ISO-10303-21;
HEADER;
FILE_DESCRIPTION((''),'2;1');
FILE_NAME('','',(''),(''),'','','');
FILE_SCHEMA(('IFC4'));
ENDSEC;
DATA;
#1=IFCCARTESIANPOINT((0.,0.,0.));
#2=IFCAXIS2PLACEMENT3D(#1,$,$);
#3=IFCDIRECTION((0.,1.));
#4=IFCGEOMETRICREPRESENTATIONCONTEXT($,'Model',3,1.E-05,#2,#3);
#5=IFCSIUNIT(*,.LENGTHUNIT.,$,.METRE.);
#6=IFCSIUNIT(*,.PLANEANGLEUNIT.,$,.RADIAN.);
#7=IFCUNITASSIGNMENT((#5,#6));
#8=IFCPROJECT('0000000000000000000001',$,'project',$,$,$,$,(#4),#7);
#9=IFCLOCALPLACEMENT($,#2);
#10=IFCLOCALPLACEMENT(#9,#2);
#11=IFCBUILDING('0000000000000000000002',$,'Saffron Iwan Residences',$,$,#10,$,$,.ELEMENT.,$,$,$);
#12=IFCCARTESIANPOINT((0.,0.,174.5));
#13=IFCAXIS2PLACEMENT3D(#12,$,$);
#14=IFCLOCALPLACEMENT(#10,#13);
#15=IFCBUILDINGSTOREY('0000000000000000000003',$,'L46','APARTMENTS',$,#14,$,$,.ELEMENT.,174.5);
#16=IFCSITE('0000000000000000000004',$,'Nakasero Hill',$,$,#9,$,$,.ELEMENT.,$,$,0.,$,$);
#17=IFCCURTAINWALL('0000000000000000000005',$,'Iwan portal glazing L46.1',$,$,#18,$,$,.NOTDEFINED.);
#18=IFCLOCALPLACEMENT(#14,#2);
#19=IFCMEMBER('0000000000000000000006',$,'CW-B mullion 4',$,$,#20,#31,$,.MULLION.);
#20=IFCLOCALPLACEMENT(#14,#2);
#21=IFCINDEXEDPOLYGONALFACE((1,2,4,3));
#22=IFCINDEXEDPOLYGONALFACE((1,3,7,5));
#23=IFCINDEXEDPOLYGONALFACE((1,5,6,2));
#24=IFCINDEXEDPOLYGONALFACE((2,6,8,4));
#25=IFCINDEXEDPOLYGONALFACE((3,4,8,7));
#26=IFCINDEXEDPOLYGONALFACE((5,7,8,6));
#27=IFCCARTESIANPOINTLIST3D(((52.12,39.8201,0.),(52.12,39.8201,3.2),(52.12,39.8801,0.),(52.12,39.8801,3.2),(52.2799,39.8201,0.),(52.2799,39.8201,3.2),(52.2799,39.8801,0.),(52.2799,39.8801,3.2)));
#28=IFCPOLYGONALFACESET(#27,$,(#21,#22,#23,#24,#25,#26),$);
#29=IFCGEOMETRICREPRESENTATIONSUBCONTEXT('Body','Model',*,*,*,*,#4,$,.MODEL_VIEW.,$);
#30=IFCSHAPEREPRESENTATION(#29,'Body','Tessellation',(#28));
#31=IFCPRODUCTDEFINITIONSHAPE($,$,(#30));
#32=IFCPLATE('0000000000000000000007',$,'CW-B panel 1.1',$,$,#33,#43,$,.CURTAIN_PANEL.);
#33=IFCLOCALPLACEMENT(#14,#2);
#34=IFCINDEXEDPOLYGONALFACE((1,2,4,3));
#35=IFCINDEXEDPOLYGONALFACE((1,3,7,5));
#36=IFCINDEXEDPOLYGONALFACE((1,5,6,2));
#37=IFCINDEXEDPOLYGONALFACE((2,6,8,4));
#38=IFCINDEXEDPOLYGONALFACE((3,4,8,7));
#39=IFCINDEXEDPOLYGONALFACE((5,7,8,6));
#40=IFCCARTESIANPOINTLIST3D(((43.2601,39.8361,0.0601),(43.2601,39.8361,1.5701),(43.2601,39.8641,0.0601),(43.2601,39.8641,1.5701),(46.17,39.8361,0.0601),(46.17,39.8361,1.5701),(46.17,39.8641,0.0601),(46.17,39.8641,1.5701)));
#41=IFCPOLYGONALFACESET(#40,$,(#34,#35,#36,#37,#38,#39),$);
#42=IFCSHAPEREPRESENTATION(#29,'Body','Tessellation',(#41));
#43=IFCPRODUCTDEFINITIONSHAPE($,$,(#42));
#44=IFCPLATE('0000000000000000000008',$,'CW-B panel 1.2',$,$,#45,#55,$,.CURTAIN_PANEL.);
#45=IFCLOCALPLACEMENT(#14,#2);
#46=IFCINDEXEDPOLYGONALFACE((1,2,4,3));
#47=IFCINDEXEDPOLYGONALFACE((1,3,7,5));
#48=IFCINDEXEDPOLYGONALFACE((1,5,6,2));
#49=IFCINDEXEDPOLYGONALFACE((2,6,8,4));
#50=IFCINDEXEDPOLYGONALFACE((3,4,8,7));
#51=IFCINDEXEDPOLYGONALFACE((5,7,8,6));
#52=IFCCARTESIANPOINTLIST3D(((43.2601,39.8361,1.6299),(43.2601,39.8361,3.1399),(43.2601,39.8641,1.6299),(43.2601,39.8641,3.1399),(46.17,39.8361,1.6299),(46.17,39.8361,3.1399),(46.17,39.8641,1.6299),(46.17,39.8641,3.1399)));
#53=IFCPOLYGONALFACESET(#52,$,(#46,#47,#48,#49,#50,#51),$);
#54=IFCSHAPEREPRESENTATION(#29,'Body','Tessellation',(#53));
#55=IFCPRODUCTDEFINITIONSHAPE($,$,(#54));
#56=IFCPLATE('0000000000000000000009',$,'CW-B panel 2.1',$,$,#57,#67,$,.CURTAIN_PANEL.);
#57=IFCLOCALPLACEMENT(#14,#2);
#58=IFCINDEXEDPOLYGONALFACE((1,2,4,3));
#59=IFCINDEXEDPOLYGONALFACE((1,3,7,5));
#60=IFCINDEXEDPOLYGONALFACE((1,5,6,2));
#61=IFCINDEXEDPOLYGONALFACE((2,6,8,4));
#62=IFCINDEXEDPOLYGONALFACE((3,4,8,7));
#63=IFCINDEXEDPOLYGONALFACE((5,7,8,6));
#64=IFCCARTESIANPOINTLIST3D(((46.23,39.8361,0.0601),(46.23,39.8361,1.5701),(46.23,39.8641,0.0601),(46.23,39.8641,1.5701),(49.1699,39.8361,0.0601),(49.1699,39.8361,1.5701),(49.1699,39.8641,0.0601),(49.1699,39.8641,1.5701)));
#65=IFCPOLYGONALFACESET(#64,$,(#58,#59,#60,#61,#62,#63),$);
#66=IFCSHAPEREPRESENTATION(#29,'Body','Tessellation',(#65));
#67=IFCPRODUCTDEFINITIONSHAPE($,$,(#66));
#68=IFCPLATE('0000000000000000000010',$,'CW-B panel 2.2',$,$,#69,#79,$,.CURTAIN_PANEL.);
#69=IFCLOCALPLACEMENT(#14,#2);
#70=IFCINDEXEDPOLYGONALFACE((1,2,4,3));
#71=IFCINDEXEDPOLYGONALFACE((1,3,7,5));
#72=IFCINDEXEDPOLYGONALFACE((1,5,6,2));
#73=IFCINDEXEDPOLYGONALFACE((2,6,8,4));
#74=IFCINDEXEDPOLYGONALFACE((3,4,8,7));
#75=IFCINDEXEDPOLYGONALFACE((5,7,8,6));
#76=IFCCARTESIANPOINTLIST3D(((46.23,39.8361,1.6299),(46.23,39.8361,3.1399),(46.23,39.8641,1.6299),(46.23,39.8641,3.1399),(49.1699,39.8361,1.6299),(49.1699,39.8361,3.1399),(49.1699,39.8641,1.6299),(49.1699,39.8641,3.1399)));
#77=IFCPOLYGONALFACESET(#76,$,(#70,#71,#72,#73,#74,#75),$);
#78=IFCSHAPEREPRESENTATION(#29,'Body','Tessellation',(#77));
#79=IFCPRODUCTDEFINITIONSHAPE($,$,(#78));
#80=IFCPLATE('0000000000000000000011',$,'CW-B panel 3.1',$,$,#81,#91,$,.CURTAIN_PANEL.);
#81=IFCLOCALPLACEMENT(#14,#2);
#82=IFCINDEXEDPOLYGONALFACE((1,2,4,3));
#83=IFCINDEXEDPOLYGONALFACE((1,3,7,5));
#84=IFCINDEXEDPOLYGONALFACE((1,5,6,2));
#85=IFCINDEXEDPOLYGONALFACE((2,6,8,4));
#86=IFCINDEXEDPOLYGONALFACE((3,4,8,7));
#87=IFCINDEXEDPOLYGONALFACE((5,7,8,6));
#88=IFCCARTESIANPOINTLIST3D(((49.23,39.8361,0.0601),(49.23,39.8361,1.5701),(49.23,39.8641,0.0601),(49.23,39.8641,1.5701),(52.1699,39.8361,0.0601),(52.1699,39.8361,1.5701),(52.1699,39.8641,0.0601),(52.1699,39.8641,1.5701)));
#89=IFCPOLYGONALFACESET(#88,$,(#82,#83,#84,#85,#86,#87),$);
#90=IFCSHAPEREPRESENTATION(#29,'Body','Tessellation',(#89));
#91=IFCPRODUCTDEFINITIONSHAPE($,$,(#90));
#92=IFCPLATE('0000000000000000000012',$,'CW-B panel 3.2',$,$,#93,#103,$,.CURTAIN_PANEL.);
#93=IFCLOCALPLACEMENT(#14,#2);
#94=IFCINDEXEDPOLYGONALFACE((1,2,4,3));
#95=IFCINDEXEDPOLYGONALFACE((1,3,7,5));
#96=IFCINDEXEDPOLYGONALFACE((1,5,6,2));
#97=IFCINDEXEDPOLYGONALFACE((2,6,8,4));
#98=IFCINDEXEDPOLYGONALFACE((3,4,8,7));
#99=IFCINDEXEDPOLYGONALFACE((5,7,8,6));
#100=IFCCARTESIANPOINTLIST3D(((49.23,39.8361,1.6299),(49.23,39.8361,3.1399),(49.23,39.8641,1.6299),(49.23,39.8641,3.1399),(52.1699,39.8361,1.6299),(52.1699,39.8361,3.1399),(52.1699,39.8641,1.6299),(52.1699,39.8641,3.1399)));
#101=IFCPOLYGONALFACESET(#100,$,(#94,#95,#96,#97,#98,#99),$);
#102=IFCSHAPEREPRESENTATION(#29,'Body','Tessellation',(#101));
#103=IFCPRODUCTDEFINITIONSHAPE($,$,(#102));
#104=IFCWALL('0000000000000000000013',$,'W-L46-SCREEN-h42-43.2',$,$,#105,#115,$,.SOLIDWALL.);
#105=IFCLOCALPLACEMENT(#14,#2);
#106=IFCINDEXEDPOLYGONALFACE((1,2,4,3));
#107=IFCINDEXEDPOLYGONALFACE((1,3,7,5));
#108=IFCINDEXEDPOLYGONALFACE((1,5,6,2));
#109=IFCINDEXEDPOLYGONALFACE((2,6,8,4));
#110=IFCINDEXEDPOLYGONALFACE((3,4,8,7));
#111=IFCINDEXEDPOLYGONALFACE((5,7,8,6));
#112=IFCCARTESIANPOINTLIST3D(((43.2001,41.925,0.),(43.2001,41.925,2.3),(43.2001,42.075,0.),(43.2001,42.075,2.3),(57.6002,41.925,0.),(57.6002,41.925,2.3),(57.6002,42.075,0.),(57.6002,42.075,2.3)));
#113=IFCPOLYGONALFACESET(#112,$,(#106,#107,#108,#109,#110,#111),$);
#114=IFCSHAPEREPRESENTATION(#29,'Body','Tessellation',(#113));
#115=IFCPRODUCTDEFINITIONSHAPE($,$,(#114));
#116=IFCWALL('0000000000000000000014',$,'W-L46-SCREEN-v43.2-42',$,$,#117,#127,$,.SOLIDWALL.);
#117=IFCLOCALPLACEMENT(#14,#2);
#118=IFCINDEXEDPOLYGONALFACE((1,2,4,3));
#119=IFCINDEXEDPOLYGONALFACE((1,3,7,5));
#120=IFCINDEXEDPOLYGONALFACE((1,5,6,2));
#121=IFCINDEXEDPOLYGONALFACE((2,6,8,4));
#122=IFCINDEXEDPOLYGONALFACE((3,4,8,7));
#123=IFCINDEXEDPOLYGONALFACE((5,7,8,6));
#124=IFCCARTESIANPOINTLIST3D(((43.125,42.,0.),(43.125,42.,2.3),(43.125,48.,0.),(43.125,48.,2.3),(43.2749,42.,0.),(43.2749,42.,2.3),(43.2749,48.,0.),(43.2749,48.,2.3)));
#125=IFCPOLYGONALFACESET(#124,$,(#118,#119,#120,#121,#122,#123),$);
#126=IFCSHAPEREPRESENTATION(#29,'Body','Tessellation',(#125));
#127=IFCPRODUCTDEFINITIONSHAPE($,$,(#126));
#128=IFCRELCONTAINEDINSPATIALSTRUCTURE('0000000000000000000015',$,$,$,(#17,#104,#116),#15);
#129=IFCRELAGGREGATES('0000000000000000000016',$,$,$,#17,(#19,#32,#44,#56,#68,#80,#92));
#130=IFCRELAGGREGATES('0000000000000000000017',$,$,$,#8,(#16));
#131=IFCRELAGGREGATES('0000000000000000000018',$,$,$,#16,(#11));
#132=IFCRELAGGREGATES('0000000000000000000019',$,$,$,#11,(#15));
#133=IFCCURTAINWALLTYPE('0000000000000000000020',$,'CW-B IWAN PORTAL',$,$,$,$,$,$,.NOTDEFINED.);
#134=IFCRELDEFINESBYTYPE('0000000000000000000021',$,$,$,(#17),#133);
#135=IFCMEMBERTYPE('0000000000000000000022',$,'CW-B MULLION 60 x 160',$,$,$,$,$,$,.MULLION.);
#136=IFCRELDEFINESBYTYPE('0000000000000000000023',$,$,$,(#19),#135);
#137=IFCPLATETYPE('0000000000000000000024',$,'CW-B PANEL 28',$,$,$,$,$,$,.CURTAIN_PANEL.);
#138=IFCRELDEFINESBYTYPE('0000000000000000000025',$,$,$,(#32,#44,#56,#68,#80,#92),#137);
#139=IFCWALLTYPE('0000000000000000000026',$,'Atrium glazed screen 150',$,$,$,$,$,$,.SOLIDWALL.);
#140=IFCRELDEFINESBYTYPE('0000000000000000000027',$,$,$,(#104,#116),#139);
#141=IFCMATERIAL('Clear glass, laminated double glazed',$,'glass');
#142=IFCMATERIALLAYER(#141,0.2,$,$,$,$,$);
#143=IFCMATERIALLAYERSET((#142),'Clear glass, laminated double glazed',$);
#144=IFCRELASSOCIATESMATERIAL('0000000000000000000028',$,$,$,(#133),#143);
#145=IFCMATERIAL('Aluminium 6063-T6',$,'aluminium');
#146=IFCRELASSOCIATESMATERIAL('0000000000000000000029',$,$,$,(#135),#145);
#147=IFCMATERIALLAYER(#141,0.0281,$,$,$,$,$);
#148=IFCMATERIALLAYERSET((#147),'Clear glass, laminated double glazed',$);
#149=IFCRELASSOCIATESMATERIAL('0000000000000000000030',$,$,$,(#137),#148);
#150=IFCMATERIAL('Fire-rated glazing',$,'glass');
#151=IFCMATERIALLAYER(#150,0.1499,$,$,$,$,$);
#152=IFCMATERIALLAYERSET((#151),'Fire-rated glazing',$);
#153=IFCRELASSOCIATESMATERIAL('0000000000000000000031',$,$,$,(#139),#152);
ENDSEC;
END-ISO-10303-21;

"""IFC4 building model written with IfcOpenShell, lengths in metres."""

from ifc_helpers import new_model, si_unit, direction, frame, frame_2d, origin, origin_2d, place, context, subcontext, project, spatial, rectangle, extrude, source, transform, mapped, material, layer, layer_set, material_profile, profile_set, type_object, element, aggregate, save


model = new_model("IFC4")

# Units and contexts
model_context = context("Model", 3, precision=1e-05, world=origin(), true_north=direction((0.0, 1.0)))
body_context = subcontext(model_context, "Body", "Model", "MODEL_VIEW")
ifc_project = project(units=[si_unit("LENGTHUNIT", "METRE"), si_unit("PLANEANGLEUNIT", "RADIAN")], contexts=[model_context])

# Site, building, storey
site_placement = place(None, origin())
site = spatial("IfcSite", under=ifc_project, at=site_placement, Name="Nakasero Hill", CompositionType="ELEMENT", RefElevation=0.0)
building_placement = place(site_placement, origin())
building = spatial("IfcBuilding", under=site, at=building_placement, Name="Saffron Iwan Residences", CompositionType="ELEMENT")
storey_placement = place(building_placement, frame((0.0, 0.0, 174.5)))
storey = spatial("IfcBuildingStorey", under=building, at=storey_placement, Name="L46", Description="APARTMENTS", CompositionType="ELEMENT", Elevation=174.5)

# Curtain wall, member, plates
ifc_material_1 = material(Name="Clear glass, laminated double glazed", Category="glass")
ifc_layer_1 = layer(ifc_material_1, 0.2)
ifc_layer_set_1 = layer_set([ifc_layer_1], Name="Clear glass, laminated double glazed")
curtain_wall_type = type_object("IfcCurtainWallType", Name="CW-B IWAN PORTAL", PredefinedType="NOTDEFINED", material=ifc_layer_set_1)
curtain_wall_placement = place(storey_placement, origin())
curtain_wall = element("IfcCurtainWall", 1, at=curtain_wall_placement, inside=storey, type_object=curtain_wall_type, Name="Iwan portal glazing L46.1", PredefinedType="NOTDEFINED")
ifc_material_2 = material(Name="Aluminium 6063-T6", Category="aluminium")
ifc_material_profile_1 = material_profile(ifc_material_2, rectangle(XDim=0.0601, YDim=0.1599, at=origin_2d()), Name="CW-B MULLION 60 x 160")
ifc_profile_set_1 = profile_set([ifc_material_profile_1], Name="Aluminium 6063-T6")
member_type_1 = type_object("IfcMemberType", Name="CW-B MULLION 60 x 160", PredefinedType="MULLION", material=ifc_profile_set_1)
shared_shape_1 = source(origin(), body_context, "Body", "SweptSolid", [
    extrude(rectangle(XDim=0.0601, YDim=0.1599, at=origin_2d()), origin(), (0.0, 0.0, 1.0), 3.2),
])
member_1_placement = place(storey_placement, frame((52.2, 39.8501, 0.0), z_axis=(0.0, 0.0, 1.0), x_axis=(0.0, 1.0, 0.0)))
member_1 = element("IfcMember", 2, at=member_1_placement, type_object=member_type_1, Name="CW-B mullion 4", PredefinedType="MULLION", context=body_context, shape_type="MappedRepresentation", body=[
    mapped(shared_shape_1, transform((0.0, 0.0, 0.0))),
])
ifc_layer_2 = layer(ifc_material_1, 0.0281)
ifc_layer_set_2 = layer_set([ifc_layer_2], Name="Clear glass, laminated double glazed")
plate_type = type_object("IfcPlateType", Name="CW-B PANEL 28", PredefinedType="CURTAIN_PANEL", material=ifc_layer_set_2)
shared_shape_2 = source(origin(), body_context, "Body", "SweptSolid", [
    extrude(rectangle(XDim=2.9099, YDim=0.0281, at=origin_2d()), origin(), (0.0, 0.0, 1.0), 1.51),
])
plate_1_placement = place(storey_placement, frame((44.7151, 39.8501, 0.0601), z_axis=(0.0, 0.0, 1.0), x_axis=(1.0, 0.0, 0.0)))
plate_1 = element("IfcPlate", 3, at=plate_1_placement, type_object=plate_type, Name="CW-B panel 1.1", PredefinedType="CURTAIN_PANEL", context=body_context, shape_type="MappedRepresentation", body=[
    mapped(shared_shape_2, transform((0.0, 0.0, 0.0))),
])
plate_2_placement = place(storey_placement, frame((44.7151, 39.8501, 1.6299), z_axis=(0.0, 0.0, 1.0), x_axis=(1.0, 0.0, 0.0)))
plate_2 = element("IfcPlate", 4, at=plate_2_placement, type_object=plate_type, Name="CW-B panel 1.2", PredefinedType="CURTAIN_PANEL", context=body_context, shape_type="MappedRepresentation", body=[
    mapped(shared_shape_2, transform((0.0, 0.0, 0.0))),
])
shared_shape_3 = source(origin(), body_context, "Body", "SweptSolid", [
    extrude(rectangle(XDim=2.9399, YDim=0.0281, at=origin_2d()), origin(), (0.0, 0.0, 1.0), 1.51),
])
plate_3_placement = place(storey_placement, frame((47.7, 39.8501, 0.0601), z_axis=(0.0, 0.0, 1.0), x_axis=(1.0, 0.0, 0.0)))
plate_3 = element("IfcPlate", 5, at=plate_3_placement, type_object=plate_type, Name="CW-B panel 2.1", PredefinedType="CURTAIN_PANEL", context=body_context, shape_type="MappedRepresentation", body=[
    mapped(shared_shape_3, transform((0.0, 0.0, 0.0))),
])
plate_4_placement = place(storey_placement, frame((47.7, 39.8501, 1.6299), z_axis=(0.0, 0.0, 1.0), x_axis=(1.0, 0.0, 0.0)))
plate_4 = element("IfcPlate", 6, at=plate_4_placement, type_object=plate_type, Name="CW-B panel 2.2", PredefinedType="CURTAIN_PANEL", context=body_context, shape_type="MappedRepresentation", body=[
    mapped(shared_shape_3, transform((0.0, 0.0, 0.0))),
])
plate_5_placement = place(storey_placement, frame((50.7, 39.8501, 0.0601), z_axis=(0.0, 0.0, 1.0), x_axis=(1.0, 0.0, 0.0)))
plate_5 = element("IfcPlate", 7, at=plate_5_placement, type_object=plate_type, Name="CW-B panel 3.1", PredefinedType="CURTAIN_PANEL", context=body_context, shape_type="MappedRepresentation", body=[
    mapped(shared_shape_3, transform((0.0, 0.0, 0.0))),
])
plate_6_placement = place(storey_placement, frame((50.7, 39.8501, 1.6299), z_axis=(0.0, 0.0, 1.0), x_axis=(1.0, 0.0, 0.0)))
plate_6 = element("IfcPlate", 8, at=plate_6_placement, type_object=plate_type, Name="CW-B panel 3.2", PredefinedType="CURTAIN_PANEL", context=body_context, shape_type="MappedRepresentation", body=[
    mapped(shared_shape_3, transform((0.0, 0.0, 0.0))),
])
aggregate(curtain_wall, [member_1, plate_1, plate_2, plate_3, plate_4, plate_5, plate_6])

# Walls
ifc_material_3 = material(Name="Fire-rated glazing", Category="glass")
ifc_layer_3 = layer(ifc_material_3, 0.1499)
ifc_layer_set_3 = layer_set([ifc_layer_3], Name="Fire-rated glazing")
wall_type = type_object("IfcWallType", Name="Atrium glazed screen 150", PredefinedType="SOLIDWALL", material=ifc_layer_set_3)
wall_1_placement = place(storey_placement, frame((43.2, 42.0, 0.0), z_axis=(0.0, 0.0, 1.0), x_axis=(1.0, 0.0, 0.0)))
element("IfcWall", 9, at=wall_1_placement, inside=storey, type_object=wall_type, Name="W-L46-SCREEN-h42-43.2", PredefinedType="SOLIDWALL", context=body_context, shape_type="SweptSolid", body=[
    extrude(rectangle(XDim=14.4001, YDim=0.1499, at=frame_2d((7.2002, 0.0))), origin(), (0.0, 0.0, 1.0), 2.3),
])
wall_2_placement = place(storey_placement, frame((43.2, 42.0, 0.0), z_axis=(0.0, 0.0, 1.0), x_axis=(0.0, 1.0, 0.0)))
element("IfcWall", 10, at=wall_2_placement, inside=storey, type_object=wall_type, Name="W-L46-SCREEN-v43.2-42", PredefinedType="SOLIDWALL", context=body_context, shape_type="SweptSolid", body=[
    extrude(rectangle(XDim=6.0, YDim=0.1499, at=frame_2d((3.0, 0.0))), origin(), (0.0, 0.0, 1.0), 2.3),
])

save(model, "model.ifc")
